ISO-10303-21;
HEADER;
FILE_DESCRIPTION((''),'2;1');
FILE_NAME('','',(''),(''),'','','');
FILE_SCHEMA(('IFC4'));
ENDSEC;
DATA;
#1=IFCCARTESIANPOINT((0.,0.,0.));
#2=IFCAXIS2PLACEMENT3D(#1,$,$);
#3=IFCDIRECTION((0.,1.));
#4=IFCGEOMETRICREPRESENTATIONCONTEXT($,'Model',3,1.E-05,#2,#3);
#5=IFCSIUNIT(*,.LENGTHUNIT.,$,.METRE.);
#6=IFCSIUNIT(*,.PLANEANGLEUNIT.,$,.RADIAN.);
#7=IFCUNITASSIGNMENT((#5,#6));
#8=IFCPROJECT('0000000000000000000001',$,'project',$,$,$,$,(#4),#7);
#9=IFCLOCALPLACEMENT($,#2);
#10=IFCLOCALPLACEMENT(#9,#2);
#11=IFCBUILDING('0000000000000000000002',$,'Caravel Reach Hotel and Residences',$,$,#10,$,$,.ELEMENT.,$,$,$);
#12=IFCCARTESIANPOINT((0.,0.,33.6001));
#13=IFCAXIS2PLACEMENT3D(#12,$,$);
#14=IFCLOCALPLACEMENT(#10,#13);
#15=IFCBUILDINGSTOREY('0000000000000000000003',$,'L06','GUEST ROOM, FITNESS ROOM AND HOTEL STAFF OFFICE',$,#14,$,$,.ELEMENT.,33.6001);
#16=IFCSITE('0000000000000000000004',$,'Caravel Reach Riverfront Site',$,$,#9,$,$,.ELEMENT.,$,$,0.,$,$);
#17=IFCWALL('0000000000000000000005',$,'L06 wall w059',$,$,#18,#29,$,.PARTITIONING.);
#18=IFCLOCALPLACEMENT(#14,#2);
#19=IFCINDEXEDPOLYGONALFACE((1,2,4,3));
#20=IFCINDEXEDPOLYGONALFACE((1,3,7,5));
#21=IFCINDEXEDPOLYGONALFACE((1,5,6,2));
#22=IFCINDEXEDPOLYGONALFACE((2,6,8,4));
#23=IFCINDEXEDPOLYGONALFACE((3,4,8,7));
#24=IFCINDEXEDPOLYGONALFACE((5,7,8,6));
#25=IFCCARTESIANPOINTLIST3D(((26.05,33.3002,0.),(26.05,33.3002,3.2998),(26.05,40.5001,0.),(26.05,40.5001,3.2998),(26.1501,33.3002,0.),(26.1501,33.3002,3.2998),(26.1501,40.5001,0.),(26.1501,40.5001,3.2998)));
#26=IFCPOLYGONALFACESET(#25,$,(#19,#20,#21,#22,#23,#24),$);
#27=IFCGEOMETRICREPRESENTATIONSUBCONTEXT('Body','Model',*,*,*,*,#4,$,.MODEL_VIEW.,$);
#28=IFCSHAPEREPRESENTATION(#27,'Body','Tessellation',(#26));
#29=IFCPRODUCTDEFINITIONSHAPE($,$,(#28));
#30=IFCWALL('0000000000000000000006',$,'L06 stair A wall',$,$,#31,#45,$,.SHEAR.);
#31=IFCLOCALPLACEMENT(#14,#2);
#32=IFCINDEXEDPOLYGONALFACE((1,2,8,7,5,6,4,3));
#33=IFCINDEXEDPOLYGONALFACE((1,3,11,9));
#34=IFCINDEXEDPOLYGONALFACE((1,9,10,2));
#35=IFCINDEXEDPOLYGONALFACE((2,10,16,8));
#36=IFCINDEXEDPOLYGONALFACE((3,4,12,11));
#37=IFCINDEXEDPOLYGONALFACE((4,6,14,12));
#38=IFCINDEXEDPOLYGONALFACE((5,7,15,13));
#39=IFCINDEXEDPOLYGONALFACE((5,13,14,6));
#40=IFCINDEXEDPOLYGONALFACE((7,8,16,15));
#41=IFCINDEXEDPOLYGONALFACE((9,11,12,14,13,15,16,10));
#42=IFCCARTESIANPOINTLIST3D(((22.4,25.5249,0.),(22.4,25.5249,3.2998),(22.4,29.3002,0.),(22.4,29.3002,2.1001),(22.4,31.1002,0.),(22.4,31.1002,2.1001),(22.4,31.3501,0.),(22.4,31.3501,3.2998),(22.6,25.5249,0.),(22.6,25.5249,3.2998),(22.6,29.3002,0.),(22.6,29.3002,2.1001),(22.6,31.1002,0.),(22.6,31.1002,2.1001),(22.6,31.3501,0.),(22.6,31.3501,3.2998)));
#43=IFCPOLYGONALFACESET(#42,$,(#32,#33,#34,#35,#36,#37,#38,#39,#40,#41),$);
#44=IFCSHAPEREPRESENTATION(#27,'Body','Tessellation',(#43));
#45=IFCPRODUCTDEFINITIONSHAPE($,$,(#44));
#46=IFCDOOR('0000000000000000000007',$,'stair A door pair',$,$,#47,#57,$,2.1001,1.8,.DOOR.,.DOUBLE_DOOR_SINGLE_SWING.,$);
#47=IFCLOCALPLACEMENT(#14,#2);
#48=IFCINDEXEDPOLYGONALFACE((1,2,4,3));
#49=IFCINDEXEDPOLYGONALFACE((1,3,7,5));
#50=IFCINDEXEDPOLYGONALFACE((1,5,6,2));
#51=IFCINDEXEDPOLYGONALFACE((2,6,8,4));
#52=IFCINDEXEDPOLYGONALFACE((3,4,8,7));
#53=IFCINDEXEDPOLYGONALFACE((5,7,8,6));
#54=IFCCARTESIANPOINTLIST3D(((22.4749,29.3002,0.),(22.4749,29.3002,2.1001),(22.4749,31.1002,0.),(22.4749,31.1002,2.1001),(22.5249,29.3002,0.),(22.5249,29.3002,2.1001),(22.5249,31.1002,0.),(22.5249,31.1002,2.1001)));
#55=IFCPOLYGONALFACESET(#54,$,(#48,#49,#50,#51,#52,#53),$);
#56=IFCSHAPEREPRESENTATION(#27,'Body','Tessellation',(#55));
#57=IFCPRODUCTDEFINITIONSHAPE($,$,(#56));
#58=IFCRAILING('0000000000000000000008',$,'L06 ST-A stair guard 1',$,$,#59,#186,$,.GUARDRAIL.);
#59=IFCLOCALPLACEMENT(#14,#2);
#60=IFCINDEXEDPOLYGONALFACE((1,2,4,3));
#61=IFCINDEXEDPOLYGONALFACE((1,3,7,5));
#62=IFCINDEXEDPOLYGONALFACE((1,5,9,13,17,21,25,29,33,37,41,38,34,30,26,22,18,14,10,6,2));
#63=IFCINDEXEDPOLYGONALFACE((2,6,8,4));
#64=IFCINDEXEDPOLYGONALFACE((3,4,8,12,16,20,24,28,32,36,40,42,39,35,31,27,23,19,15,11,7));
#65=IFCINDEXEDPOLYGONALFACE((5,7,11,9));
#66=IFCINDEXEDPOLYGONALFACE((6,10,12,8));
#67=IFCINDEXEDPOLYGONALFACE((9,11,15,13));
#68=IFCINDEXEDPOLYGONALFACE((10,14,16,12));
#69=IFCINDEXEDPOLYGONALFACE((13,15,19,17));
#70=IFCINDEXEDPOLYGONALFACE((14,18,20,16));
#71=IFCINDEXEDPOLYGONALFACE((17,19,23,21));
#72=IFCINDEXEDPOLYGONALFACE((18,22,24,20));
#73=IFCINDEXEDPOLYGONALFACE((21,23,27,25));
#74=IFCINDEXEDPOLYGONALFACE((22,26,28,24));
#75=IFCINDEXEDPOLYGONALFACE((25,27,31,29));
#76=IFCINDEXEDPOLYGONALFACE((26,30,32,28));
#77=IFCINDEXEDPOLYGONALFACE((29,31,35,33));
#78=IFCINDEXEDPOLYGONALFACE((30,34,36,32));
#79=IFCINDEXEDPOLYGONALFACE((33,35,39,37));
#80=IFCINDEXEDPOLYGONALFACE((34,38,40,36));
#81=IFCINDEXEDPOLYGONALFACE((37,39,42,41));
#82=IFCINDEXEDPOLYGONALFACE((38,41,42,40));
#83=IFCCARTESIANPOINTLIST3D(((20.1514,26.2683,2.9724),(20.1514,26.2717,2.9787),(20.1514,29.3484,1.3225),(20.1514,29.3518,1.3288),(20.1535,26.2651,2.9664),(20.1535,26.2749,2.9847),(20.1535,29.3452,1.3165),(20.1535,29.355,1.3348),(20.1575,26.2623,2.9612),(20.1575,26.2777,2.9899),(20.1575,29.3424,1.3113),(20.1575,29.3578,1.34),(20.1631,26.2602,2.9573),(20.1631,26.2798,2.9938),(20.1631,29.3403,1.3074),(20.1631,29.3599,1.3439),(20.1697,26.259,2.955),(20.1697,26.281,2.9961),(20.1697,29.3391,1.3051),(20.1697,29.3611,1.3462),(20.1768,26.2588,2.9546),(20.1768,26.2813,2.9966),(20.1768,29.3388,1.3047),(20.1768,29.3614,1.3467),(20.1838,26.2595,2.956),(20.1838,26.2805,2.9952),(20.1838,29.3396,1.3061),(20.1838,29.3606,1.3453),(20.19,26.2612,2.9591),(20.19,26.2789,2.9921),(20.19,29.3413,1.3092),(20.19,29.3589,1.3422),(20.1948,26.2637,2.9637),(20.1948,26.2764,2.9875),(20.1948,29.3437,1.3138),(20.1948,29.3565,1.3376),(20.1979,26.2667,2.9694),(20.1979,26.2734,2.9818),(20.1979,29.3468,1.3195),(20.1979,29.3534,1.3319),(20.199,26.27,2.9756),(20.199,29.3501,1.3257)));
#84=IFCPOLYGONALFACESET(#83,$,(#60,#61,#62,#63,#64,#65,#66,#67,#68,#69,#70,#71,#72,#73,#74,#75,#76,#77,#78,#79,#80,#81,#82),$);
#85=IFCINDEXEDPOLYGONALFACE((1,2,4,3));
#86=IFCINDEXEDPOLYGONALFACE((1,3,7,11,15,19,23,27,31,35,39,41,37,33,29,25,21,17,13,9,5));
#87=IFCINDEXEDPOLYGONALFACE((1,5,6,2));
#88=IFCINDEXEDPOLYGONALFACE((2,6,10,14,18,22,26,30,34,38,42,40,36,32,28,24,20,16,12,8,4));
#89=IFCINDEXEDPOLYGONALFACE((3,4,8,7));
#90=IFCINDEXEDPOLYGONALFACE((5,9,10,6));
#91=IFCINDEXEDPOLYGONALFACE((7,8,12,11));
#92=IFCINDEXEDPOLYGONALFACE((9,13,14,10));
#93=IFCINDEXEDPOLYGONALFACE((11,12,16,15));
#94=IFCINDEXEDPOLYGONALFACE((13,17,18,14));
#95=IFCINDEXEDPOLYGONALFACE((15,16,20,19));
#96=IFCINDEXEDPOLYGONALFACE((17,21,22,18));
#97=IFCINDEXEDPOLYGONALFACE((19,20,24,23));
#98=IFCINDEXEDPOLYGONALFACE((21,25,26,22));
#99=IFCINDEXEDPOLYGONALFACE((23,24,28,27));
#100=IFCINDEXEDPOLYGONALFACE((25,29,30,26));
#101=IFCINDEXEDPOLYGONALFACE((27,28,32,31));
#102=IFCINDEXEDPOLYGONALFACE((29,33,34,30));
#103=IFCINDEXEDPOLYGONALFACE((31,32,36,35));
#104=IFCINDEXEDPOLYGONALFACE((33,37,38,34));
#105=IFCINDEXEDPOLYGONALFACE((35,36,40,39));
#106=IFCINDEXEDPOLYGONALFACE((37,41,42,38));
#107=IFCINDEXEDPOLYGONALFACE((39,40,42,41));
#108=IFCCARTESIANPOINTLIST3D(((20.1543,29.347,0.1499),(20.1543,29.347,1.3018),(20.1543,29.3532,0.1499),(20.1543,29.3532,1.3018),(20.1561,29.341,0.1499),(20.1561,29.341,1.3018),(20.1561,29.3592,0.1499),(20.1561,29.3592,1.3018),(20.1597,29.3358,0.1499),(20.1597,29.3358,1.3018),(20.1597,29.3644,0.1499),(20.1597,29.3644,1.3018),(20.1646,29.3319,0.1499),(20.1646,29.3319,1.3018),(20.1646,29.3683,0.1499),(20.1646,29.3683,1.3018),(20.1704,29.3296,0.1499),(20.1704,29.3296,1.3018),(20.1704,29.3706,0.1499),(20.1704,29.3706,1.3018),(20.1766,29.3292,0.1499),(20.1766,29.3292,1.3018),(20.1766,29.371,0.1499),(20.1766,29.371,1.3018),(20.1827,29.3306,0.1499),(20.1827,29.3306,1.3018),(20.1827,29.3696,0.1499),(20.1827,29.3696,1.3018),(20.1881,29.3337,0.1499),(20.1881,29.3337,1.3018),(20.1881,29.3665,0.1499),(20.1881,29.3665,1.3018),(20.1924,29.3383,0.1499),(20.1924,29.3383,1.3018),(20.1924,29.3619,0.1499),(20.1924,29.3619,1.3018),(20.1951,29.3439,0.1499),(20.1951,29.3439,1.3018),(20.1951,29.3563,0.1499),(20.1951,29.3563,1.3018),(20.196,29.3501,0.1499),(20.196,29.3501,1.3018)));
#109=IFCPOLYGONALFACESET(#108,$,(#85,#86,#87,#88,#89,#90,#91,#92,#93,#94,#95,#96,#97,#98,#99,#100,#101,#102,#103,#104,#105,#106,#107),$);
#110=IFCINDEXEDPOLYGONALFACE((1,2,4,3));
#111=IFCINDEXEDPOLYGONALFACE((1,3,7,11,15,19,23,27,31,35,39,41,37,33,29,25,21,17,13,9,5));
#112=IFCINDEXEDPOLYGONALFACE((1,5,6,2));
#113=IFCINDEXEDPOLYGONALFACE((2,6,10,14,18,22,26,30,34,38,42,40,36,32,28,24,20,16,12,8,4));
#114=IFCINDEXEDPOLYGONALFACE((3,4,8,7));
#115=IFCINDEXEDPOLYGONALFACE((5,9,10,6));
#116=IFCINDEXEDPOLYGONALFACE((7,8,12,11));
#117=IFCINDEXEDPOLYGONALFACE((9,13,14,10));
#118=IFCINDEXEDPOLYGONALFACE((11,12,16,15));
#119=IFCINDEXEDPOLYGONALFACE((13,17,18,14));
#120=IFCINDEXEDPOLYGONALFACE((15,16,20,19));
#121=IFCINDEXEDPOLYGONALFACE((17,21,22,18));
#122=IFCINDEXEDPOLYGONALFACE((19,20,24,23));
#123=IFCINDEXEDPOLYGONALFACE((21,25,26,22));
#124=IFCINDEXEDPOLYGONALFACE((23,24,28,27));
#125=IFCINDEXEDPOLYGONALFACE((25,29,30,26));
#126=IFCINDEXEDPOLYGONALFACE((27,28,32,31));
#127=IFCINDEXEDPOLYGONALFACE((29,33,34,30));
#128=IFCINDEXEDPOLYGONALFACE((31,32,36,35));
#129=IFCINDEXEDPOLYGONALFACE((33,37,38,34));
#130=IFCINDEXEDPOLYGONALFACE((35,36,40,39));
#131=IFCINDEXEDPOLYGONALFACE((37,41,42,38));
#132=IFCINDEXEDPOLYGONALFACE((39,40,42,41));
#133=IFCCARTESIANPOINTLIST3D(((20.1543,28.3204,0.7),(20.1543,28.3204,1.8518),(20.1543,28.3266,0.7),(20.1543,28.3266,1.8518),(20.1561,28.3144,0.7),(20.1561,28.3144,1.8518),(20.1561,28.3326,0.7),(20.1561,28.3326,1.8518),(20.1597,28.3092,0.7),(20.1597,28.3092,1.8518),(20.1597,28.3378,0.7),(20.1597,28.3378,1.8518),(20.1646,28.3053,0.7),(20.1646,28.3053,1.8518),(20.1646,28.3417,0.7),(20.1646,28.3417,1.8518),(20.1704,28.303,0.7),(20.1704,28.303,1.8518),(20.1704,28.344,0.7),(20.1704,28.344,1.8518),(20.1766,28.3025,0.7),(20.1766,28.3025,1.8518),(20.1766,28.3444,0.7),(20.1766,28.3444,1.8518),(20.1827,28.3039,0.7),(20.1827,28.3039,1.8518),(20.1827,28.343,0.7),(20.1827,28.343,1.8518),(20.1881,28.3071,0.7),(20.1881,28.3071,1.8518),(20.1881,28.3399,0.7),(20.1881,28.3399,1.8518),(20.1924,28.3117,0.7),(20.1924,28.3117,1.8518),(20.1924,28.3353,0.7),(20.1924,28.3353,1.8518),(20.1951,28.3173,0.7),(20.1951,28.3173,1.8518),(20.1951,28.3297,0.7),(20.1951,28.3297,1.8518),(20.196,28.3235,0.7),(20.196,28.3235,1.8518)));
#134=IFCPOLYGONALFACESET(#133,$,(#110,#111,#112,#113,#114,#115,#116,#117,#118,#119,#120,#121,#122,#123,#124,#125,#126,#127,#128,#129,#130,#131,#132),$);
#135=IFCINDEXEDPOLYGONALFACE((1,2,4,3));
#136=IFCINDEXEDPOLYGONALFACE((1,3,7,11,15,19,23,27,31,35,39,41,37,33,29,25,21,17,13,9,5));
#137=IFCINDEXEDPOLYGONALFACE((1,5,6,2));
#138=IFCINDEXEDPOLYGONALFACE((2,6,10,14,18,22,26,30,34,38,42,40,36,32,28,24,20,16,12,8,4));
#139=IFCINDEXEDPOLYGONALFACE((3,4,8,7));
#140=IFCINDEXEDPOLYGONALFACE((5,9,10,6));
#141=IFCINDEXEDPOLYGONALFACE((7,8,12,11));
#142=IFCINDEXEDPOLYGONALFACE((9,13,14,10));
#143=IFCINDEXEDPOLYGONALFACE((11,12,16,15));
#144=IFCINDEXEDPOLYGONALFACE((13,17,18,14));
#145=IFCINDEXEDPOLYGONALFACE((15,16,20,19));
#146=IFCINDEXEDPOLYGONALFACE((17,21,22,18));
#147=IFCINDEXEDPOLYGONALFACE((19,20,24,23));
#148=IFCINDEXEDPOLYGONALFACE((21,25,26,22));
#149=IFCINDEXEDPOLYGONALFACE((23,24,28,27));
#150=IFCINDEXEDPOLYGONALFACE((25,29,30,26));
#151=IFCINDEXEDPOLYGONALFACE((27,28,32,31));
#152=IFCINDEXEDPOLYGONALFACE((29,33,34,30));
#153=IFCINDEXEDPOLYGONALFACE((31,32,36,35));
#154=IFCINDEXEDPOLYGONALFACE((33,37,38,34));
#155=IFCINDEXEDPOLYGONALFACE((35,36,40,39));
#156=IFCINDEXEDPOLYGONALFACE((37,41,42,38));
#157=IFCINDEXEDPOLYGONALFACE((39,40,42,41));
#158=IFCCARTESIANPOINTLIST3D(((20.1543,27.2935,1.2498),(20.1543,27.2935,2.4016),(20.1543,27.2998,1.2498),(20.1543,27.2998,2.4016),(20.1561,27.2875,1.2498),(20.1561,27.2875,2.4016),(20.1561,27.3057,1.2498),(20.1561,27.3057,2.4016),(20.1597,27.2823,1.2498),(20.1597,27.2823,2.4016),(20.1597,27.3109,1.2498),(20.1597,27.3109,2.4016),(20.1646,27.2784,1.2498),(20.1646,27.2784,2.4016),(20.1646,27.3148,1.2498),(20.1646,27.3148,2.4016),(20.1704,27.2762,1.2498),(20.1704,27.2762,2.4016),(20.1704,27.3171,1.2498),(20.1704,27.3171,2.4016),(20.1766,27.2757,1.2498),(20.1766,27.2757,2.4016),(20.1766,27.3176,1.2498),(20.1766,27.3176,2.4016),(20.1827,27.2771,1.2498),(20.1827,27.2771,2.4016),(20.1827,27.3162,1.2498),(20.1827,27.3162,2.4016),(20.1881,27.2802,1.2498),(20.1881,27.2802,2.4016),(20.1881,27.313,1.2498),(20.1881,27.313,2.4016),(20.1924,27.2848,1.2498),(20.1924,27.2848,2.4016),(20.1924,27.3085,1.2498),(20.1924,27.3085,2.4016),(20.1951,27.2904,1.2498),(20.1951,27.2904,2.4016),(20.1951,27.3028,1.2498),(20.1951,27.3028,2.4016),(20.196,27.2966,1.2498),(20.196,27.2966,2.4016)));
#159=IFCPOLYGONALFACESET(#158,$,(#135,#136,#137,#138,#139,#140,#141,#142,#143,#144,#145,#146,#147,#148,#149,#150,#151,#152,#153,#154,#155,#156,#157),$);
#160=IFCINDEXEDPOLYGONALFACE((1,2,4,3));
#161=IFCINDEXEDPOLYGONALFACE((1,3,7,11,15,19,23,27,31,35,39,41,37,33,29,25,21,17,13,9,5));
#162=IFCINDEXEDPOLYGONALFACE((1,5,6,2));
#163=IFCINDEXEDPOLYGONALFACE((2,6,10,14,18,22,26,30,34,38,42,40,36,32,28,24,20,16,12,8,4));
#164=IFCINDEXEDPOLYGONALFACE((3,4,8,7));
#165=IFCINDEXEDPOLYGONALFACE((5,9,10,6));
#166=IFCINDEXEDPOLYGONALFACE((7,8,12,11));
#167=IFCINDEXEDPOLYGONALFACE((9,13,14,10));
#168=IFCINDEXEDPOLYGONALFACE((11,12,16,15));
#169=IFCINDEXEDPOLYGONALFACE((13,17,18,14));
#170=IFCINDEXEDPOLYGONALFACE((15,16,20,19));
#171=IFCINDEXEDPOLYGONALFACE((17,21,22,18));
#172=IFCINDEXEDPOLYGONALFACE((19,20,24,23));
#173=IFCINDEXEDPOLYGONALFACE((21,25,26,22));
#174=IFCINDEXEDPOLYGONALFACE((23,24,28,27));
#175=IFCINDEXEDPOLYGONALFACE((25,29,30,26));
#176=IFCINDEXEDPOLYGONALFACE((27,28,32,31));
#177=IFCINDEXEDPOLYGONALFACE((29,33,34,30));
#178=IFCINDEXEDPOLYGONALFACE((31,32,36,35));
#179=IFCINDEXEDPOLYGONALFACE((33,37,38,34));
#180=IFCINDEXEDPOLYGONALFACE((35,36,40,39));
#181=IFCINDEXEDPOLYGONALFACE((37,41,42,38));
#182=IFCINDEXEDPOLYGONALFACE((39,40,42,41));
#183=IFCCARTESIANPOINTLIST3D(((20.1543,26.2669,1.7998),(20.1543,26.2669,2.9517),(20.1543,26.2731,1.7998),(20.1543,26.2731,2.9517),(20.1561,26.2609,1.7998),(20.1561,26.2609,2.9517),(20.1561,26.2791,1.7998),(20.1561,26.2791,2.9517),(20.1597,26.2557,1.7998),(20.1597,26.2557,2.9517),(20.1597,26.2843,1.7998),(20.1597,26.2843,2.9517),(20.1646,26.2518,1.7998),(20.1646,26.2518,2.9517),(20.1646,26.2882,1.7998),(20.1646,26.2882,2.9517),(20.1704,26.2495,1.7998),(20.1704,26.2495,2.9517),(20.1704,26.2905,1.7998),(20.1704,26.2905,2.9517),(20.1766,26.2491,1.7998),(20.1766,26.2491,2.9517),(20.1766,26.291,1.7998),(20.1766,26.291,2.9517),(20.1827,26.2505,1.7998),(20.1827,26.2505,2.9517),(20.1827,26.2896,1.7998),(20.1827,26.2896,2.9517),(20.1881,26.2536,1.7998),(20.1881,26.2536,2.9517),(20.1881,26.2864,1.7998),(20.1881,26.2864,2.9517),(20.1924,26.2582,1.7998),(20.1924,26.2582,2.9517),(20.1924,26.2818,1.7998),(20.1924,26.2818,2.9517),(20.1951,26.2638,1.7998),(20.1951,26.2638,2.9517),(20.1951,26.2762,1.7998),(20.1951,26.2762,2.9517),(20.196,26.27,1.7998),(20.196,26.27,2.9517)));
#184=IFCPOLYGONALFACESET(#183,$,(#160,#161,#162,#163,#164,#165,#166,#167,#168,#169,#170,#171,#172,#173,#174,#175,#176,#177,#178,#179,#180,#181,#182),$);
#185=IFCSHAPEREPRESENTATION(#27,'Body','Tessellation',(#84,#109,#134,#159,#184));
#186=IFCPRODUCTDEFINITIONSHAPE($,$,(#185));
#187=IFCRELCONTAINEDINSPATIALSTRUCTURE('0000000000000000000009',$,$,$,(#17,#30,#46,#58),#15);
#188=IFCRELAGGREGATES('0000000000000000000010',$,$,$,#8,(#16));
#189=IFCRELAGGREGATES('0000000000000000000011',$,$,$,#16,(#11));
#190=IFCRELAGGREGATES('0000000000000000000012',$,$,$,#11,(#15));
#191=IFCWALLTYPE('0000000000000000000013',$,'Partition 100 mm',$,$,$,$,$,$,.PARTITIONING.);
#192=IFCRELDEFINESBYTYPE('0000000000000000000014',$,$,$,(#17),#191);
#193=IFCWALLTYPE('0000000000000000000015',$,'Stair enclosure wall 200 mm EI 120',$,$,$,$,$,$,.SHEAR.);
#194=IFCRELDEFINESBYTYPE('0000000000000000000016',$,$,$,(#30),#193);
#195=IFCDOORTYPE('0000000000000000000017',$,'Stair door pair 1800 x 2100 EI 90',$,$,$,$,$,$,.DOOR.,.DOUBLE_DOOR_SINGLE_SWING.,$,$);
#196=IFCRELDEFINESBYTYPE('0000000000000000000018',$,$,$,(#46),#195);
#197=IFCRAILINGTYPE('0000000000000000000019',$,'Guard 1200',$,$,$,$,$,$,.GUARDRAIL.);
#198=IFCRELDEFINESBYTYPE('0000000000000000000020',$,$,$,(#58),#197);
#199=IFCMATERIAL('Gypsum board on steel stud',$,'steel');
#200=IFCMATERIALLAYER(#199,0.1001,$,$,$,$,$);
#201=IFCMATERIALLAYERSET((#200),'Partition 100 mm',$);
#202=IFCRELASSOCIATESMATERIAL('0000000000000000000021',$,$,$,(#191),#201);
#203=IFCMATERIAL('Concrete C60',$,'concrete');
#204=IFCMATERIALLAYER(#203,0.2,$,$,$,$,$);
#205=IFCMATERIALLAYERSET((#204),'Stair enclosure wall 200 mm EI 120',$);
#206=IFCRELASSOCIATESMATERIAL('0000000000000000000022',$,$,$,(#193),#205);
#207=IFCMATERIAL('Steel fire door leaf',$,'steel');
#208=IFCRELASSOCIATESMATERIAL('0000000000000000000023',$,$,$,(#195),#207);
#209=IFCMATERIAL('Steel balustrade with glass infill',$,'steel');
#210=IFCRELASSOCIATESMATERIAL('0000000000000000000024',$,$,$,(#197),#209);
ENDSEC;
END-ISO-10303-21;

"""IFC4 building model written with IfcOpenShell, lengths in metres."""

from ifc_helpers import new_model, si_unit, direction, frame, frame_2d, origin, origin_2d, place, context, subcontext, project, spatial, rectangle, circle, extrude, material, layer, layer_set, type_object, element, fill, save


model = new_model("IFC4")

# Units and contexts
model_context = context("Model", 3, precision=1e-05, world=origin(), true_north=direction((0.0, 1.0)))
body_context = subcontext(model_context, "Body", "Model", "MODEL_VIEW")
ifc_project = project(units=[si_unit("LENGTHUNIT", "METRE"), si_unit("PLANEANGLEUNIT", "RADIAN")], contexts=[model_context])

# Site, building, storey
site_placement = place(None, origin())
site = spatial("IfcSite", under=ifc_project, at=site_placement, Name="Caravel Reach Riverfront Site", CompositionType="ELEMENT", RefElevation=0.0)
building_placement = place(site_placement, origin())
building = spatial("IfcBuilding", under=site, at=building_placement, Name="Caravel Reach Hotel and Residences", CompositionType="ELEMENT")
storey_placement = place(building_placement, frame((0.0, 0.0, 33.6001)))
storey = spatial("IfcBuildingStorey", under=building, at=storey_placement, Name="L06", Description="GUEST ROOM, FITNESS ROOM AND HOTEL STAFF OFFICE", CompositionType="ELEMENT", Elevation=33.6001)

# Wall
ifc_material_1 = material(Name="Gypsum board on steel stud", Category="steel")
ifc_layer_1 = layer(ifc_material_1, 0.1001)
ifc_layer_set_1 = layer_set([ifc_layer_1], Name="Partition 100 mm")
wall_type_1 = type_object("IfcWallType", Name="Partition 100 mm", PredefinedType="PARTITIONING", material=ifc_layer_set_1)
wall_1_placement = place(storey_placement, frame((26.1001, 33.3, 0.0), z_axis=(0.0, 0.0, 1.0), x_axis=(0.0, 1.0, 0.0)))
element("IfcWall", 1, at=wall_1_placement, inside=storey, type_object=wall_type_1, Name="L06 wall w059", PredefinedType="PARTITIONING", context=body_context, shape_type="SweptSolid", body=[
    extrude(rectangle(XDim=7.2, YDim=0.1001, at=frame_2d((3.6001, 0.0))), origin(), (0.0, 0.0, 1.0), 3.2998),
])

# Wall, opening, door
ifc_material_2 = material(Name="Concrete C60", Category="concrete")
ifc_layer_2 = layer(ifc_material_2, 0.2)
ifc_layer_set_2 = layer_set([ifc_layer_2], Name="Stair enclosure wall 200 mm EI 120")
wall_type_2 = type_object("IfcWallType", Name="Stair enclosure wall 200 mm EI 120", PredefinedType="SHEAR", material=ifc_layer_set_2)
wall_2_placement = place(storey_placement, frame((22.5, 31.3501, 0.0), z_axis=(0.0, 0.0, 1.0), x_axis=(0.0, -1.0, 0.0)))
wall_2 = element("IfcWall", 2, at=wall_2_placement, inside=storey, type_object=wall_type_2, Name="L06 stair A wall", PredefinedType="SHEAR", context=body_context, shape_type="SweptSolid", body=[
    extrude(rectangle(XDim=5.8252, YDim=0.2, at=frame_2d((2.9126, 0.0))), origin(), (0.0, 0.0, 1.0), 3.2998),
])
opening_1_placement = place(wall_2_placement, frame((0.25, 0.0, 0.0)))
opening_1 = element("IfcOpeningElement", 3, at=opening_1_placement, cuts=wall_2, PredefinedType="OPENING", context=body_context, shape_type="SweptSolid", body=[
    extrude(rectangle(XDim=1.8, YDim=2.1001, at=frame_2d((0.8999, 1.05))), frame((0.0, 0.1099, 0.0), z_axis=(0.0, -1.0, 0.0), x_axis=(1.0, 0.0, 0.0)), (0.0, 0.0, 1.0), 0.22),
])
ifc_material_3 = material(Name="Steel fire door leaf", Category="steel")
door_type_1 = type_object("IfcDoorType", Name="Stair door pair 1800 x 2100 EI 90", OperationType="DOUBLE_DOOR_SINGLE_SWING", PredefinedType="DOOR", material=ifc_material_3)
door_1_placement = place(opening_1_placement, origin())
door_1 = element("IfcDoor", 4, at=door_1_placement, inside=storey, type_object=door_type_1, Name="stair A door pair", OperationType="DOUBLE_DOOR_SINGLE_SWING", OverallHeight=2.1001, OverallWidth=1.8, PredefinedType="DOOR", context=body_context, shape_type="SweptSolid", body=[
    extrude(rectangle(XDim=1.8, YDim=2.1001, at=frame_2d((0.8999, 1.05))), frame((0.0, 0.0249, 0.0), z_axis=(0.0, -1.0, 0.0), x_axis=(1.0, 0.0, 0.0)), (0.0, 0.0, 1.0), 0.05),
])
fill(opening_1, door_1)

# Railing
ifc_material_4 = material(Name="Steel balustrade with glass infill", Category="steel")
railing_type = type_object("IfcRailingType", Name="Guard 1200", PredefinedType="GUARDRAIL", material=ifc_material_4)
railing_1_placement = place(storey_placement, frame((20.175, 29.3501, 0.1499)))
element("IfcRailing", 5, at=railing_1_placement, inside=storey, type_object=railing_type, Name="L06 ST-A stair guard 1", PredefinedType="GUARDRAIL", context=body_context, shape_type="SweptSolid", body=[
    extrude(circle(Radius=0.0239, at=origin_2d()), frame((0.0, 0.0, 1.1758), z_axis=(0.0, -0.881497, 0.47219), x_axis=(1.0, 0.0, 0.0)), (0.0, 0.0, 1.0), 3.4941),
    extrude(circle(Radius=0.021, at=origin_2d()), origin(), (0.0, 0.0, 1.0), 1.1519),
    extrude(circle(Radius=0.021, at=origin_2d()), frame((0.0, -1.0266, 0.55)), (0.0, 0.0, 1.0), 1.1519),
    extrude(circle(Radius=0.021, at=origin_2d()), frame((0.0, -2.0535, 1.0999)), (0.0, 0.0, 1.0), 1.1519),
    extrude(circle(Radius=0.021, at=origin_2d()), frame((0.0, -3.0801, 1.6499)), (0.0, 0.0, 1.0), 1.1519),
])

save(model, "model.ifc")
